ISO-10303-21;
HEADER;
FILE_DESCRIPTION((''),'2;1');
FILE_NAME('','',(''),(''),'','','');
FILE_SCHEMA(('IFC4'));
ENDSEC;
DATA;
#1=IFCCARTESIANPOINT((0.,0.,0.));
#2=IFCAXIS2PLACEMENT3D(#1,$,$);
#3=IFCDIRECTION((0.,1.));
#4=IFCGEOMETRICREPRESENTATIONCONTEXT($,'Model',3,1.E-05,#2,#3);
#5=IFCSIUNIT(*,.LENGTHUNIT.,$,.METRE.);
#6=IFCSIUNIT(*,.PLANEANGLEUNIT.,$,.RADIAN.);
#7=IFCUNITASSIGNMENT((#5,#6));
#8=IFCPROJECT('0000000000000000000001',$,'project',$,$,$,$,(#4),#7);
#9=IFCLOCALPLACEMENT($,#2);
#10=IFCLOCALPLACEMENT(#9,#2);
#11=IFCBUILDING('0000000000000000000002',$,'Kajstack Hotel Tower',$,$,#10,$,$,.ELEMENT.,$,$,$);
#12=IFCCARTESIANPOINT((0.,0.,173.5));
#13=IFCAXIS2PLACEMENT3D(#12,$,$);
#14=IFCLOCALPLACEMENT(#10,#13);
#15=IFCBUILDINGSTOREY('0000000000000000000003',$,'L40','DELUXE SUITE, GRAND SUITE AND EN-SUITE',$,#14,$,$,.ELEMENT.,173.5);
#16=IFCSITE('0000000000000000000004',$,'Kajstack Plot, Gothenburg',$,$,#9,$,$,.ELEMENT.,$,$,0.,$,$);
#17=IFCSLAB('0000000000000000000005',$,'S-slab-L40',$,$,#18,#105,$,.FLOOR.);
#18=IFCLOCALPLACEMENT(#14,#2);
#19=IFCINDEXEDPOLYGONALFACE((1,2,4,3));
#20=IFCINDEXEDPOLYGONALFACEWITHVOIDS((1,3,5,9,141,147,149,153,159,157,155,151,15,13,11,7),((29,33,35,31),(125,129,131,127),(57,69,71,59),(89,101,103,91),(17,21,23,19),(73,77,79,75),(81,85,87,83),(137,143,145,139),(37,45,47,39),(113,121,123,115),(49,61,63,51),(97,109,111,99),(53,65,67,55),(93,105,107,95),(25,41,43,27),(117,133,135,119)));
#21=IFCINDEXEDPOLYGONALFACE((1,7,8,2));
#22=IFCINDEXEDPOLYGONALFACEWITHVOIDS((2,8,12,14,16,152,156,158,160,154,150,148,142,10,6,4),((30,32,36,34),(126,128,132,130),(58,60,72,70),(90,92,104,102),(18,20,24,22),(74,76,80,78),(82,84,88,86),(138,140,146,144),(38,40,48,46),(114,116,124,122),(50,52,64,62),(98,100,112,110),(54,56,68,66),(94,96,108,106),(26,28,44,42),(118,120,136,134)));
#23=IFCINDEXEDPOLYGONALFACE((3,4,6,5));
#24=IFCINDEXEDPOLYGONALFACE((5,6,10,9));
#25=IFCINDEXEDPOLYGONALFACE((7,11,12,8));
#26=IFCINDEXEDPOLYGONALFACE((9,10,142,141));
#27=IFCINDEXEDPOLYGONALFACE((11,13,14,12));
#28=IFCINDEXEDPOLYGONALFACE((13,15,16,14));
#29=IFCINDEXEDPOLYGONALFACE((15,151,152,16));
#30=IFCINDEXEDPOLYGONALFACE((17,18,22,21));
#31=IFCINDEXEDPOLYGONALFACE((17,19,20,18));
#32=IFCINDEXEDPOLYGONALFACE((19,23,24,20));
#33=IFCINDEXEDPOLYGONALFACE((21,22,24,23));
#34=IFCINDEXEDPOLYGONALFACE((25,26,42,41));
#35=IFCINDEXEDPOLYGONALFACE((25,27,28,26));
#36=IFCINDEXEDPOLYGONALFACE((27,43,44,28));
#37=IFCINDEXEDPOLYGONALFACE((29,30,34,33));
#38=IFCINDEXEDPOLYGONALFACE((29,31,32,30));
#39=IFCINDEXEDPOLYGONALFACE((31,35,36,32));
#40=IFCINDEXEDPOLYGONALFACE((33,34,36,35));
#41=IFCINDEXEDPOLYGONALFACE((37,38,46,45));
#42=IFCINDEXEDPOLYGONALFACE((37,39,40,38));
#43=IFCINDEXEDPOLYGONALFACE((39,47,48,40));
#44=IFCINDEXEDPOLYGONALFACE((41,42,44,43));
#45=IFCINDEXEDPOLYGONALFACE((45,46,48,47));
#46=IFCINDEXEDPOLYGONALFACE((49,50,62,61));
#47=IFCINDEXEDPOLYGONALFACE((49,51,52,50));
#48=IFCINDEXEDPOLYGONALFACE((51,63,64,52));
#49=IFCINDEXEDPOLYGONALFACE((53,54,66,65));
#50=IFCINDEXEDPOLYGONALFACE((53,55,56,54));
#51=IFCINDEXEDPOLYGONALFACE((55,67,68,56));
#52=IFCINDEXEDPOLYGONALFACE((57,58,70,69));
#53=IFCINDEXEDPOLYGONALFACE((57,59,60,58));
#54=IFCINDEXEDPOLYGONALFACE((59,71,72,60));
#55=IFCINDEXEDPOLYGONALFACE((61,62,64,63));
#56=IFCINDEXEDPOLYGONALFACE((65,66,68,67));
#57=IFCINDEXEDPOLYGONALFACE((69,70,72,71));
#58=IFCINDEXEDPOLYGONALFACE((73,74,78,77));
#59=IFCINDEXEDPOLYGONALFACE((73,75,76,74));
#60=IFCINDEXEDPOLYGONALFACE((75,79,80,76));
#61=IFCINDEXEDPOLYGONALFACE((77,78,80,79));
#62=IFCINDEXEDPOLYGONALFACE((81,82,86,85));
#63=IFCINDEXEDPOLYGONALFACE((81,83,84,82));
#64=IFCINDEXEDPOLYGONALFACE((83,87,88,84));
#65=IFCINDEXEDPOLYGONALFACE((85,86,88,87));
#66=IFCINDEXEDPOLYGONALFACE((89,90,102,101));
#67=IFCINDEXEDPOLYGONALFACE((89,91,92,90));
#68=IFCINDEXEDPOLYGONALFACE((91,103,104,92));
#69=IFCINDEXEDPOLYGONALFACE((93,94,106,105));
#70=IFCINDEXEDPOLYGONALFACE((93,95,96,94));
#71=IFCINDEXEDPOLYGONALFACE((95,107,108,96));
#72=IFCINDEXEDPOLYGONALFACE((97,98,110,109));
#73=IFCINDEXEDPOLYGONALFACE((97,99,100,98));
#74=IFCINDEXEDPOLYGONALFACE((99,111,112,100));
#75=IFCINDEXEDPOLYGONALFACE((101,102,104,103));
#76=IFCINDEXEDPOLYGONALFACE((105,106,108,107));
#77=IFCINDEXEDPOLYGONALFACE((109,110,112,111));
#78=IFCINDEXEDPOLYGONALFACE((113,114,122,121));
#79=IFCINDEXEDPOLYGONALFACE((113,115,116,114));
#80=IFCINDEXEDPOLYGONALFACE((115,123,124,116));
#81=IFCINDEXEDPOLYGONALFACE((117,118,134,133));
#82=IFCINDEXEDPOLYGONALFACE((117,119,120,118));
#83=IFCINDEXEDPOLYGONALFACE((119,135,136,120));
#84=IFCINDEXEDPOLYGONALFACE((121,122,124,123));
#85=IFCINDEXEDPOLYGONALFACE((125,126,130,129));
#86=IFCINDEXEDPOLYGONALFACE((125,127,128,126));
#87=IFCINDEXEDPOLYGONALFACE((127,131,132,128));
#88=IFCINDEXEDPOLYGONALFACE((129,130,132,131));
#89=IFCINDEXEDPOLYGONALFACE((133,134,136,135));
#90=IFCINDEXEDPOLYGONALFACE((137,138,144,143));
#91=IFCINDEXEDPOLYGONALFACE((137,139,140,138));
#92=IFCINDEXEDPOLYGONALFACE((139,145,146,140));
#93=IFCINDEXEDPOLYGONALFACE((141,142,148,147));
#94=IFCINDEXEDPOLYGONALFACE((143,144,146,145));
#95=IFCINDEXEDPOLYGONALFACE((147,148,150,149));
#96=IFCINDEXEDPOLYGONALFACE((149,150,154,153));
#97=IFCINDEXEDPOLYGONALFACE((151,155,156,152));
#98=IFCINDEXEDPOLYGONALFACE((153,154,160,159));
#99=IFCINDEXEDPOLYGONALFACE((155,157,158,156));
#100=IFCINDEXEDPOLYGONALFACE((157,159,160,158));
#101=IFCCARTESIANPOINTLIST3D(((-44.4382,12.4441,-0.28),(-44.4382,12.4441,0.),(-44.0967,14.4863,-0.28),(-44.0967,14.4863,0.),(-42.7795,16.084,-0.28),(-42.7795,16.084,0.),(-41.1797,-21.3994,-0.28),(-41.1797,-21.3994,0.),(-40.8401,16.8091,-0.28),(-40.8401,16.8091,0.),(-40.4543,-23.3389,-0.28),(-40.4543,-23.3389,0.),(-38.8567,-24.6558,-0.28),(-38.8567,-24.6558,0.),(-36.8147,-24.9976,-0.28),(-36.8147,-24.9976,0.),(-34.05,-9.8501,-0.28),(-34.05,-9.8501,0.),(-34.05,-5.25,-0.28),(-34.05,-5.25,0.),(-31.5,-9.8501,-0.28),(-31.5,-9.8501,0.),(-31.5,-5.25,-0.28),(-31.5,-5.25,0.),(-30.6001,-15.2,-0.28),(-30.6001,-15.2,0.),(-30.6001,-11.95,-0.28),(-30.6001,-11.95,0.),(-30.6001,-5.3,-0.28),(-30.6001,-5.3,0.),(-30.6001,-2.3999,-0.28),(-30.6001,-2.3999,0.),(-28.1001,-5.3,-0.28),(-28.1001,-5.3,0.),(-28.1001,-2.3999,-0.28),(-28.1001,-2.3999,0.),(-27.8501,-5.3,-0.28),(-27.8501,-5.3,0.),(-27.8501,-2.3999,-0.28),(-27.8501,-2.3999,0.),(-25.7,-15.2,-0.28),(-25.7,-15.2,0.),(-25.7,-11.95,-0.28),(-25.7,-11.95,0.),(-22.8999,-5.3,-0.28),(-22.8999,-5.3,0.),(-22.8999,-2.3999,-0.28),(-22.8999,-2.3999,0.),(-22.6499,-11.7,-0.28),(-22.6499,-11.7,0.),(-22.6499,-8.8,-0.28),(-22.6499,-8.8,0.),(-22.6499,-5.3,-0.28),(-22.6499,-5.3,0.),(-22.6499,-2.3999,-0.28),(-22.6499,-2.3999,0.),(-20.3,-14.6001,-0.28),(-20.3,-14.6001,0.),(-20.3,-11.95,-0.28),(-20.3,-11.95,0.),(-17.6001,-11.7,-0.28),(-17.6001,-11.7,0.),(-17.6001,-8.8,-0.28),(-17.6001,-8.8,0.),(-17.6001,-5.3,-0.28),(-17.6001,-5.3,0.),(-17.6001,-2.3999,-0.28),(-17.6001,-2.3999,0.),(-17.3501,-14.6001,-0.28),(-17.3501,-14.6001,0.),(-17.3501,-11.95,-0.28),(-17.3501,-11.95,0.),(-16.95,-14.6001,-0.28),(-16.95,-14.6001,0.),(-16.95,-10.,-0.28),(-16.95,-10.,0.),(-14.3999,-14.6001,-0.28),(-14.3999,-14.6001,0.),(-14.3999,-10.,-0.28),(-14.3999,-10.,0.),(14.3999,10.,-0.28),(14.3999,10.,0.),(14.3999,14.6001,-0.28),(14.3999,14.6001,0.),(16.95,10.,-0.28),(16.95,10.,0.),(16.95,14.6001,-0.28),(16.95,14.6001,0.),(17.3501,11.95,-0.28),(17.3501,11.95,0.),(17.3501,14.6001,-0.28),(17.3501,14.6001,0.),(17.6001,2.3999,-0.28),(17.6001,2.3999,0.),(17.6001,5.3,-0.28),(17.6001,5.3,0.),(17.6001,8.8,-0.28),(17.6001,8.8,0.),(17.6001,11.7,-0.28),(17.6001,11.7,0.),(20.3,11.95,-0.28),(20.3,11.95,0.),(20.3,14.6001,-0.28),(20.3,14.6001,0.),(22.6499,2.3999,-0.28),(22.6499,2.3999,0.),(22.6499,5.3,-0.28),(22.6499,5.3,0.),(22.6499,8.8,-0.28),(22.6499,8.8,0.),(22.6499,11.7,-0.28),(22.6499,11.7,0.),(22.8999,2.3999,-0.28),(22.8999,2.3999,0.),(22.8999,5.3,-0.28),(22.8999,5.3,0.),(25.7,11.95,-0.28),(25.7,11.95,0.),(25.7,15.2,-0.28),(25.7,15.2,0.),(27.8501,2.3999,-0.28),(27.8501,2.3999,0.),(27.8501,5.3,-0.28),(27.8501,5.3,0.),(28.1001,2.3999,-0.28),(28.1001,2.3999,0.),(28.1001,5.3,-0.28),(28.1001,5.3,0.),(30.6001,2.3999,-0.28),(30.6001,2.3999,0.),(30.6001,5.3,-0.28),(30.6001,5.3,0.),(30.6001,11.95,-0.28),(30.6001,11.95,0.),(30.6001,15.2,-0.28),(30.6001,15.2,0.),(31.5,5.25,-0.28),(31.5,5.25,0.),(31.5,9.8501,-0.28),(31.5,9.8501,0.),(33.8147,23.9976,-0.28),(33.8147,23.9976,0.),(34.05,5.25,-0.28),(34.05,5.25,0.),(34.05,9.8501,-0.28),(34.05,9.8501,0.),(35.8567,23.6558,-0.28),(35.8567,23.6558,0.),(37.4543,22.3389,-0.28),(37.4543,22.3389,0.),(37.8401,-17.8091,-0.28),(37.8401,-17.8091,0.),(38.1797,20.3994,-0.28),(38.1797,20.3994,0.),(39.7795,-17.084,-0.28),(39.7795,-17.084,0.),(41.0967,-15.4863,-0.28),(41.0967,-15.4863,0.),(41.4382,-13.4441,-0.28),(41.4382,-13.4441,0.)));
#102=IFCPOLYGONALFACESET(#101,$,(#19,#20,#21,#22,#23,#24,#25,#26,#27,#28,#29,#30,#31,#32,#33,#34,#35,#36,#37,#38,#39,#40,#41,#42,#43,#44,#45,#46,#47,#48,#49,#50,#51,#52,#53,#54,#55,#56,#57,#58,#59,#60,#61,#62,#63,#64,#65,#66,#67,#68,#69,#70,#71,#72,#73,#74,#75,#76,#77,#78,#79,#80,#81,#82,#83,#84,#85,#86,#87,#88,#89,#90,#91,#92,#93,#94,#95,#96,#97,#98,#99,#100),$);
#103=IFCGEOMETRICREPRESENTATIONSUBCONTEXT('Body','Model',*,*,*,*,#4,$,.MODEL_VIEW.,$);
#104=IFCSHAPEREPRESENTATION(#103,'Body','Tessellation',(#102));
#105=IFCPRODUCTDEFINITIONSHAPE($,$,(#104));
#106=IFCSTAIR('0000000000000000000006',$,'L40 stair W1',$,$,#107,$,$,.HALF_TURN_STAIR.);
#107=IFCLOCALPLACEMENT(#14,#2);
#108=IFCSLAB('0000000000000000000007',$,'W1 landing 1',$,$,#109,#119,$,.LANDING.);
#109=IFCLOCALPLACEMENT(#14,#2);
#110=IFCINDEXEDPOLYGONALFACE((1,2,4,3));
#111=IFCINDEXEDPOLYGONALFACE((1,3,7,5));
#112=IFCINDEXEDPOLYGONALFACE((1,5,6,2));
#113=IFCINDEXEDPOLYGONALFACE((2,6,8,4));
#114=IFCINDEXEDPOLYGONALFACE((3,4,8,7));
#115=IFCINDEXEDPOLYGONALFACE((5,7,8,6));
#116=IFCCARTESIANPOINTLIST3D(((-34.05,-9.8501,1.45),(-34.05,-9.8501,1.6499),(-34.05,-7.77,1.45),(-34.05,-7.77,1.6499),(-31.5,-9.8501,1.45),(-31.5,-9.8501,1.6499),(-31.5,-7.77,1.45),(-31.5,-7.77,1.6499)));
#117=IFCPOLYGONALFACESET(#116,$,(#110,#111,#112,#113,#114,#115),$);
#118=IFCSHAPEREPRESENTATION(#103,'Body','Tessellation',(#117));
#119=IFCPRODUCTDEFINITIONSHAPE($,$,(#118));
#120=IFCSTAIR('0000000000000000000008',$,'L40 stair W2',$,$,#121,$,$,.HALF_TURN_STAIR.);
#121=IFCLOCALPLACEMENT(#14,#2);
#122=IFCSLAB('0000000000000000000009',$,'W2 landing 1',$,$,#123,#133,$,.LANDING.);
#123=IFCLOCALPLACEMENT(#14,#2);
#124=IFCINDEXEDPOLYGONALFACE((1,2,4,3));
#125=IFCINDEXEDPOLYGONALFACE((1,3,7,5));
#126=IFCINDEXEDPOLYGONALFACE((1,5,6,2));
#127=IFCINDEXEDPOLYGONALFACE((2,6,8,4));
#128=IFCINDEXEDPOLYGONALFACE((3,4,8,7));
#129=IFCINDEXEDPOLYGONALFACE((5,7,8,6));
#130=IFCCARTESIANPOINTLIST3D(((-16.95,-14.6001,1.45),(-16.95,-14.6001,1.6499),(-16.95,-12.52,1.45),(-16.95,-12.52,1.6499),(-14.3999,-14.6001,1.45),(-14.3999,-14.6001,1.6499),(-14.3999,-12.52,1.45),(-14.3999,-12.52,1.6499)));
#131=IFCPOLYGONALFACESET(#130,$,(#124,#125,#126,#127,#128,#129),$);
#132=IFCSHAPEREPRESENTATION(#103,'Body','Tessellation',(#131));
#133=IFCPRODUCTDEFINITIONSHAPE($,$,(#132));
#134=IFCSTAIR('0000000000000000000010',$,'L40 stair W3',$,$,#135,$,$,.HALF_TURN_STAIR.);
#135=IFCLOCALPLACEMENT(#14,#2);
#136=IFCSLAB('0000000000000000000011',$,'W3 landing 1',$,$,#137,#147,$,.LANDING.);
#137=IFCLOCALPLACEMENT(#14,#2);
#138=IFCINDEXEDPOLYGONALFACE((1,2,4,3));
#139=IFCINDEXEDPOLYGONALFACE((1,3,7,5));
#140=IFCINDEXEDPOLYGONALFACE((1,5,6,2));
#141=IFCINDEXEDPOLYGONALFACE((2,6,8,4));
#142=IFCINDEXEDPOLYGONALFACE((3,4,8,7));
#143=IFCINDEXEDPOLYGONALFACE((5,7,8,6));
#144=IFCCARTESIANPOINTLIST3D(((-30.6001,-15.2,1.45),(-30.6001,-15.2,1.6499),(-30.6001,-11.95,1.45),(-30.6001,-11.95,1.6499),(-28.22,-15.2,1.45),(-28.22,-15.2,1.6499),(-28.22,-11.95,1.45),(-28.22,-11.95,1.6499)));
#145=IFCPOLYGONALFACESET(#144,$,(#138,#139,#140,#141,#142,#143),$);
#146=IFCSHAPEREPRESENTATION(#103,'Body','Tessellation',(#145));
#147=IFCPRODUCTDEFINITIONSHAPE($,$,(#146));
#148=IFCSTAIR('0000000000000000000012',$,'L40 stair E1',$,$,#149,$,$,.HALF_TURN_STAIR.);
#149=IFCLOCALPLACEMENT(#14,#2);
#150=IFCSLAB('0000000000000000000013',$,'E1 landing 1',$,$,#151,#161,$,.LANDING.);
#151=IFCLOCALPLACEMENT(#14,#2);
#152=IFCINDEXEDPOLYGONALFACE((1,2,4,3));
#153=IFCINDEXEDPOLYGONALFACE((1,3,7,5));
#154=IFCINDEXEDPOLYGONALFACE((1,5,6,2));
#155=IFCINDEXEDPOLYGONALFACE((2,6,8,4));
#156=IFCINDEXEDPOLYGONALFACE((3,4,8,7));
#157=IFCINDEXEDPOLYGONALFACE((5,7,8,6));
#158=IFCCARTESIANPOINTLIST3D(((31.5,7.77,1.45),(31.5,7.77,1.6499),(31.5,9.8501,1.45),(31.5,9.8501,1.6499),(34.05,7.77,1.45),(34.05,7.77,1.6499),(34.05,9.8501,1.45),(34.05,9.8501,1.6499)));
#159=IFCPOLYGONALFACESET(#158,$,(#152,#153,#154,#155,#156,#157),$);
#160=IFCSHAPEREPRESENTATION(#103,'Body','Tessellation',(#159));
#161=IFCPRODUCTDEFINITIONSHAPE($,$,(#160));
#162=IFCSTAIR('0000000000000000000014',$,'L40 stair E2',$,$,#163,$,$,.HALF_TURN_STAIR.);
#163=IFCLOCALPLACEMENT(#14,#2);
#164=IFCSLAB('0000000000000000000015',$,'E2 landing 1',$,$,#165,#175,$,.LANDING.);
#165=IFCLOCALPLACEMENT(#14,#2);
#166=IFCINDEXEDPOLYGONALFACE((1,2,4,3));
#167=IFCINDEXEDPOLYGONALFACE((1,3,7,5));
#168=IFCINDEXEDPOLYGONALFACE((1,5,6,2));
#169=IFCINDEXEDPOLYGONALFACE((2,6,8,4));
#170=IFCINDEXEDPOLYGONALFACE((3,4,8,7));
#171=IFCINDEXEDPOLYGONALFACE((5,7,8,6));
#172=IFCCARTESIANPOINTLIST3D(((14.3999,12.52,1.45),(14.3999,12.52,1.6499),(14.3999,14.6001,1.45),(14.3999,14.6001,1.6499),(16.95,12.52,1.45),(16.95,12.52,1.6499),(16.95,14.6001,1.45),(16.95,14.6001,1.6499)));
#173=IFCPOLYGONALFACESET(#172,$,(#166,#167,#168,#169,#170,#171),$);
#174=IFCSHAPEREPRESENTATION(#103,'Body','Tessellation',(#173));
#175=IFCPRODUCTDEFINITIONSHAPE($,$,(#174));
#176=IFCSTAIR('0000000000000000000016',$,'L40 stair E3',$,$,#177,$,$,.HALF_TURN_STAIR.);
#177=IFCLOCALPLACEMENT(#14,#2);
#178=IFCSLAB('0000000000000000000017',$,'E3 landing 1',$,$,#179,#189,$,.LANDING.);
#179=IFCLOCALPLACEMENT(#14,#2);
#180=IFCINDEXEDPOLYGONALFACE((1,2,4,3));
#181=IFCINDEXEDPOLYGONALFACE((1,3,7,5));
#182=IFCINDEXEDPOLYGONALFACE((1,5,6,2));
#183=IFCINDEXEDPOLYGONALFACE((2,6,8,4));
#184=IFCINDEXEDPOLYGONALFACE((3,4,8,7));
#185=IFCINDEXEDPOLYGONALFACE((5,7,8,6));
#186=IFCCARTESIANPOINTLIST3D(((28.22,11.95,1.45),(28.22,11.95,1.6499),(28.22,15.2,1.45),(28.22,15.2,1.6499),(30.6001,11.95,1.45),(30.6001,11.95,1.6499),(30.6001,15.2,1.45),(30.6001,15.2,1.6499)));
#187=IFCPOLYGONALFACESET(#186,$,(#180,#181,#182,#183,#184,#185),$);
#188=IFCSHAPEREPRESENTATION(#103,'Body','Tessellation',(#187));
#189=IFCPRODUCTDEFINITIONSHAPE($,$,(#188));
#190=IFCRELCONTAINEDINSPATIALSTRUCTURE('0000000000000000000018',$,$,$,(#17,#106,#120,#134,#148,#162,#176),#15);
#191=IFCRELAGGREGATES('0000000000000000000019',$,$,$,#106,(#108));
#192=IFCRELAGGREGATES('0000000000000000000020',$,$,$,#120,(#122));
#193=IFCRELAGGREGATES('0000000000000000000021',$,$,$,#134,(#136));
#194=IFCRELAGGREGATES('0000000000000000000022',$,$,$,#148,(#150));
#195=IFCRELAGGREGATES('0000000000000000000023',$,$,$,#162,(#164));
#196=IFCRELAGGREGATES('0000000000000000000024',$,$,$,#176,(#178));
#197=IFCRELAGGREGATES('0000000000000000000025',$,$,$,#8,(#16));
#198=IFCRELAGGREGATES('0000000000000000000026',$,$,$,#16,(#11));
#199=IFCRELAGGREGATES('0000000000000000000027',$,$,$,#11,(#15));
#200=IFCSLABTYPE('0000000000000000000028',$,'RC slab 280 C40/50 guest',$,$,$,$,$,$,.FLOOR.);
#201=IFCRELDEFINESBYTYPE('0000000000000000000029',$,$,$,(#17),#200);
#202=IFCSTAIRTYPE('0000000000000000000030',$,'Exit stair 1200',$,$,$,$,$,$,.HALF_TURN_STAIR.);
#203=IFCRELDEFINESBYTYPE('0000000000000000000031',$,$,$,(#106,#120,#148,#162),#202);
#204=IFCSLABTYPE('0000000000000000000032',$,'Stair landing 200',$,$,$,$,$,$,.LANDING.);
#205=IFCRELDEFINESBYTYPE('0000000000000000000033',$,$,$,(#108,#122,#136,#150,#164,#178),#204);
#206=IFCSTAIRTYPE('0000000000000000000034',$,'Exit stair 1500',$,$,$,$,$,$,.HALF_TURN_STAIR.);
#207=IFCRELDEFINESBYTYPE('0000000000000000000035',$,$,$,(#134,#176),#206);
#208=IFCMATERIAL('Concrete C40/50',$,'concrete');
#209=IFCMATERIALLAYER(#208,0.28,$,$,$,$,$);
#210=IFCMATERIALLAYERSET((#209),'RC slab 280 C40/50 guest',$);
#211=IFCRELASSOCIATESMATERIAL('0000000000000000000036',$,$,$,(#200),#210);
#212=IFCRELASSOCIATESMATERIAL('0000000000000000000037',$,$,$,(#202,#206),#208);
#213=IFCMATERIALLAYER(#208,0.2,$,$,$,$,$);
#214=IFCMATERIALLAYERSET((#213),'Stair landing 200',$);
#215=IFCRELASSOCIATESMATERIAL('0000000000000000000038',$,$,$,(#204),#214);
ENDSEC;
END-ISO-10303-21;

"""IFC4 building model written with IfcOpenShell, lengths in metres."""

from ifc_helpers import new_model, si_unit, direction, frame, origin, place, context, subcontext, project, spatial, polyline, outline, extrude, material, layer, layer_set, type_object, element, aggregate, save


model = new_model("IFC4")

# Units and contexts
model_context = context("Model", 3, precision=1e-05, world=origin(), true_north=direction((0.0, 1.0)))
body_context = subcontext(model_context, "Body", "Model", "MODEL_VIEW")
ifc_project = project(units=[si_unit("LENGTHUNIT", "METRE"), si_unit("PLANEANGLEUNIT", "RADIAN")], contexts=[model_context])

# Site, building, storey
site_placement = place(None, origin())
site = spatial("IfcSite", under=ifc_project, at=site_placement, Name="Kajstack Plot, Gothenburg", CompositionType="ELEMENT", RefElevation=0.0)
building_placement = place(site_placement, origin())
building = spatial("IfcBuilding", under=site, at=building_placement, Name="Kajstack Hotel Tower", CompositionType="ELEMENT")
storey_placement = place(building_placement, frame((0.0, 0.0, 173.5)))
storey = spatial("IfcBuildingStorey", under=building, at=storey_placement, Name="L40", Description="DELUXE SUITE, GRAND SUITE AND EN-SUITE", CompositionType="ELEMENT", Elevation=173.5)

# Slab
ifc_material_1 = material(Name="Concrete C40/50", Category="concrete")
ifc_layer_1 = layer(ifc_material_1, 0.28)
ifc_layer_set_1 = layer_set([ifc_layer_1], Name="RC slab 280 C40/50 guest")
slab_type_1 = type_object("IfcSlabType", Name="RC slab 280 C40/50 guest", PredefinedType="FLOOR", material=ifc_layer_set_1)
slab_1_placement = place(storey_placement, frame((0.0, 0.0, -0.28)))
element("IfcSlab", 1, at=slab_1_placement, inside=storey, type_object=slab_type_1, Name="S-slab-L40", PredefinedType="FLOOR", context=body_context, shape_type="SweptSolid", body=[
    extrude(outline(polyline([(-44.4382, 12.4441), (-41.1797, -21.3994), (-40.4543, -23.3389), (-38.8567, -24.6558), (-36.8147, -24.9976), (37.8401, -17.8091), (39.7795, -17.084), (41.0967, -15.4863), (41.4382, -13.4441), (38.1797, 20.3994), (37.4543, 22.3389), (35.8567, 23.6558), (33.8147, 23.9976), (-40.8401, 16.8091), (-42.7795, 16.084), (-44.0967, 14.4863), (-44.4382, 12.4441)]), holes=[polyline([(-22.6499, -11.7), (-22.6499, -8.8), (-17.6001, -8.8), (-17.6001, -11.7), (-22.6499, -11.7)]), polyline([(-27.8501, -5.3), (-27.8501, -2.3999), (-22.8999, -2.3999), (-22.8999, -5.3), (-27.8501, -5.3)]), polyline([(-22.6499, -5.3), (-22.6499, -2.3999), (-17.6001, -2.3999), (-17.6001, -5.3), (-22.6499, -5.3)]), polyline([(-20.3, -14.6001), (-17.3501, -14.6001), (-17.3501, -11.95), (-20.3, -11.95), (-20.3, -14.6001)]), polyline([(-30.6001, -5.3), (-28.1001, -5.3), (-28.1001, -2.3999), (-30.6001, -2.3999), (-30.6001, -5.3)]), polyline([(17.6001, 8.8), (17.6001, 11.7), (22.6499, 11.7), (22.6499, 8.8), (17.6001, 8.8)]), polyline([(22.8999, 2.3999), (22.8999, 5.3), (27.8501, 5.3), (27.8501, 2.3999), (22.8999, 2.3999)]), polyline([(17.6001, 2.3999), (17.6001, 5.3), (22.6499, 5.3), (22.6499, 2.3999), (17.6001, 2.3999)]), polyline([(20.3, 14.6001), (17.3501, 14.6001), (17.3501, 11.95), (20.3, 11.95), (20.3, 14.6001)]), polyline([(30.6001, 5.3), (28.1001, 5.3), (28.1001, 2.3999), (30.6001, 2.3999), (30.6001, 5.3)]), polyline([(-34.05, -9.8501), (-31.5, -9.8501), (-31.5, -5.25), (-34.05, -5.25), (-34.05, -9.8501)]), polyline([(-16.95, -14.6001), (-14.3999, -14.6001), (-14.3999, -10.0), (-16.95, -10.0), (-16.95, -14.6001)]), polyline([(-30.6001, -15.2), (-25.7, -15.2), (-25.7, -11.95), (-30.6001, -11.95), (-30.6001, -15.2)]), polyline([(34.05, 9.8501), (31.5, 9.8501), (31.5, 5.25), (34.05, 5.25), (34.05, 9.8501)]), polyline([(16.95, 14.6001), (14.3999, 14.6001), (14.3999, 10.0), (16.95, 10.0), (16.95, 14.6001)]), polyline([(30.6001, 15.2), (25.7, 15.2), (25.7, 11.95), (30.6001, 11.95), (30.6001, 15.2)])]), origin(), (0.0, 0.0, 1.0), 0.28),
])

# Stairs, slabs
stair_type_1 = type_object("IfcStairType", Name="Exit stair 1200", PredefinedType="HALF_TURN_STAIR", material=ifc_material_1)
stair_1_placement = place(storey_placement, origin())
stair_1 = element("IfcStair", 2, at=stair_1_placement, inside=storey, type_object=stair_type_1, Name="L40 stair W1", PredefinedType="HALF_TURN_STAIR")
ifc_layer_2 = layer(ifc_material_1, 0.2)
ifc_layer_set_2 = layer_set([ifc_layer_2], Name="Stair landing 200")
slab_type_2 = type_object("IfcSlabType", Name="Stair landing 200", PredefinedType="LANDING", material=ifc_layer_set_2)
slab_2_placement = place(storey_placement, frame((0.0, 0.0, 1.45)))
slab_2 = element("IfcSlab", 3, at=slab_2_placement, type_object=slab_type_2, Name="W1 landing 1", PredefinedType="LANDING", context=body_context, shape_type="SweptSolid", body=[
    extrude(outline(polyline([(-34.05, -7.77), (-34.05, -9.8501), (-31.5, -9.8501), (-31.5, -7.77), (-34.05, -7.77)])), origin(), (0.0, 0.0, 1.0), 0.2),
])
aggregate(stair_1, [slab_2])
stair_2_placement = place(storey_placement, origin())
stair_2 = element("IfcStair", 4, at=stair_2_placement, inside=storey, type_object=stair_type_1, Name="L40 stair W2", PredefinedType="HALF_TURN_STAIR")
slab_3_placement = place(storey_placement, frame((0.0, 0.0, 1.45)))
slab_3 = element("IfcSlab", 5, at=slab_3_placement, type_object=slab_type_2, Name="W2 landing 1", PredefinedType="LANDING", context=body_context, shape_type="SweptSolid", body=[
    extrude(outline(polyline([(-16.95, -12.52), (-16.95, -14.6001), (-14.3999, -14.6001), (-14.3999, -12.52), (-16.95, -12.52)])), origin(), (0.0, 0.0, 1.0), 0.2),
])
aggregate(stair_2, [slab_3])
stair_type_2 = type_object("IfcStairType", Name="Exit stair 1500", PredefinedType="HALF_TURN_STAIR", material=ifc_material_1)
stair_3_placement = place(storey_placement, origin())
stair_3 = element("IfcStair", 6, at=stair_3_placement, inside=storey, type_object=stair_type_2, Name="L40 stair W3", PredefinedType="HALF_TURN_STAIR")
slab_4_placement = place(storey_placement, frame((0.0, 0.0, 1.45)))
slab_4 = element("IfcSlab", 7, at=slab_4_placement, type_object=slab_type_2, Name="W3 landing 1", PredefinedType="LANDING", context=body_context, shape_type="SweptSolid", body=[
    extrude(outline(polyline([(-28.22, -11.95), (-30.6001, -11.95), (-30.6001, -15.2), (-28.22, -15.2), (-28.22, -11.95)])), origin(), (0.0, 0.0, 1.0), 0.2),
])
aggregate(stair_3, [slab_4])
stair_4_placement = place(storey_placement, origin())
stair_4 = element("IfcStair", 8, at=stair_4_placement, inside=storey, type_object=stair_type_1, Name="L40 stair E1", PredefinedType="HALF_TURN_STAIR")
slab_5_placement = place(storey_placement, frame((0.0, 0.0, 1.45)))
slab_5 = element("IfcSlab", 9, at=slab_5_placement, type_object=slab_type_2, Name="E1 landing 1", PredefinedType="LANDING", context=body_context, shape_type="SweptSolid", body=[
    extrude(outline(polyline([(34.05, 7.77), (34.05, 9.8501), (31.5, 9.8501), (31.5, 7.77), (34.05, 7.77)])), origin(), (0.0, 0.0, 1.0), 0.2),
])
aggregate(stair_4, [slab_5])
stair_5_placement = place(storey_placement, origin())
stair_5 = element("IfcStair", 10, at=stair_5_placement, inside=storey, type_object=stair_type_1, Name="L40 stair E2", PredefinedType="HALF_TURN_STAIR")
slab_6_placement = place(storey_placement, frame((0.0, 0.0, 1.45)))
slab_6 = element("IfcSlab", 11, at=slab_6_placement, type_object=slab_type_2, Name="E2 landing 1", PredefinedType="LANDING", context=body_context, shape_type="SweptSolid", body=[
    extrude(outline(polyline([(16.95, 12.52), (16.95, 14.6001), (14.3999, 14.6001), (14.3999, 12.52), (16.95, 12.52)])), origin(), (0.0, 0.0, 1.0), 0.2),
])
aggregate(stair_5, [slab_6])
stair_6_placement = place(storey_placement, origin())
stair_6 = element("IfcStair", 12, at=stair_6_placement, inside=storey, type_object=stair_type_2, Name="L40 stair E3", PredefinedType="HALF_TURN_STAIR")
slab_7_placement = place(storey_placement, frame((0.0, 0.0, 1.45)))
slab_7 = element("IfcSlab", 13, at=slab_7_placement, type_object=slab_type_2, Name="E3 landing 1", PredefinedType="LANDING", context=body_context, shape_type="SweptSolid", body=[
    extrude(outline(polyline([(28.22, 11.95), (30.6001, 11.95), (30.6001, 15.2), (28.22, 15.2), (28.22, 11.95)])), origin(), (0.0, 0.0, 1.0), 0.2),
])
aggregate(stair_6, [slab_7])

save(model, "model.ifc")
